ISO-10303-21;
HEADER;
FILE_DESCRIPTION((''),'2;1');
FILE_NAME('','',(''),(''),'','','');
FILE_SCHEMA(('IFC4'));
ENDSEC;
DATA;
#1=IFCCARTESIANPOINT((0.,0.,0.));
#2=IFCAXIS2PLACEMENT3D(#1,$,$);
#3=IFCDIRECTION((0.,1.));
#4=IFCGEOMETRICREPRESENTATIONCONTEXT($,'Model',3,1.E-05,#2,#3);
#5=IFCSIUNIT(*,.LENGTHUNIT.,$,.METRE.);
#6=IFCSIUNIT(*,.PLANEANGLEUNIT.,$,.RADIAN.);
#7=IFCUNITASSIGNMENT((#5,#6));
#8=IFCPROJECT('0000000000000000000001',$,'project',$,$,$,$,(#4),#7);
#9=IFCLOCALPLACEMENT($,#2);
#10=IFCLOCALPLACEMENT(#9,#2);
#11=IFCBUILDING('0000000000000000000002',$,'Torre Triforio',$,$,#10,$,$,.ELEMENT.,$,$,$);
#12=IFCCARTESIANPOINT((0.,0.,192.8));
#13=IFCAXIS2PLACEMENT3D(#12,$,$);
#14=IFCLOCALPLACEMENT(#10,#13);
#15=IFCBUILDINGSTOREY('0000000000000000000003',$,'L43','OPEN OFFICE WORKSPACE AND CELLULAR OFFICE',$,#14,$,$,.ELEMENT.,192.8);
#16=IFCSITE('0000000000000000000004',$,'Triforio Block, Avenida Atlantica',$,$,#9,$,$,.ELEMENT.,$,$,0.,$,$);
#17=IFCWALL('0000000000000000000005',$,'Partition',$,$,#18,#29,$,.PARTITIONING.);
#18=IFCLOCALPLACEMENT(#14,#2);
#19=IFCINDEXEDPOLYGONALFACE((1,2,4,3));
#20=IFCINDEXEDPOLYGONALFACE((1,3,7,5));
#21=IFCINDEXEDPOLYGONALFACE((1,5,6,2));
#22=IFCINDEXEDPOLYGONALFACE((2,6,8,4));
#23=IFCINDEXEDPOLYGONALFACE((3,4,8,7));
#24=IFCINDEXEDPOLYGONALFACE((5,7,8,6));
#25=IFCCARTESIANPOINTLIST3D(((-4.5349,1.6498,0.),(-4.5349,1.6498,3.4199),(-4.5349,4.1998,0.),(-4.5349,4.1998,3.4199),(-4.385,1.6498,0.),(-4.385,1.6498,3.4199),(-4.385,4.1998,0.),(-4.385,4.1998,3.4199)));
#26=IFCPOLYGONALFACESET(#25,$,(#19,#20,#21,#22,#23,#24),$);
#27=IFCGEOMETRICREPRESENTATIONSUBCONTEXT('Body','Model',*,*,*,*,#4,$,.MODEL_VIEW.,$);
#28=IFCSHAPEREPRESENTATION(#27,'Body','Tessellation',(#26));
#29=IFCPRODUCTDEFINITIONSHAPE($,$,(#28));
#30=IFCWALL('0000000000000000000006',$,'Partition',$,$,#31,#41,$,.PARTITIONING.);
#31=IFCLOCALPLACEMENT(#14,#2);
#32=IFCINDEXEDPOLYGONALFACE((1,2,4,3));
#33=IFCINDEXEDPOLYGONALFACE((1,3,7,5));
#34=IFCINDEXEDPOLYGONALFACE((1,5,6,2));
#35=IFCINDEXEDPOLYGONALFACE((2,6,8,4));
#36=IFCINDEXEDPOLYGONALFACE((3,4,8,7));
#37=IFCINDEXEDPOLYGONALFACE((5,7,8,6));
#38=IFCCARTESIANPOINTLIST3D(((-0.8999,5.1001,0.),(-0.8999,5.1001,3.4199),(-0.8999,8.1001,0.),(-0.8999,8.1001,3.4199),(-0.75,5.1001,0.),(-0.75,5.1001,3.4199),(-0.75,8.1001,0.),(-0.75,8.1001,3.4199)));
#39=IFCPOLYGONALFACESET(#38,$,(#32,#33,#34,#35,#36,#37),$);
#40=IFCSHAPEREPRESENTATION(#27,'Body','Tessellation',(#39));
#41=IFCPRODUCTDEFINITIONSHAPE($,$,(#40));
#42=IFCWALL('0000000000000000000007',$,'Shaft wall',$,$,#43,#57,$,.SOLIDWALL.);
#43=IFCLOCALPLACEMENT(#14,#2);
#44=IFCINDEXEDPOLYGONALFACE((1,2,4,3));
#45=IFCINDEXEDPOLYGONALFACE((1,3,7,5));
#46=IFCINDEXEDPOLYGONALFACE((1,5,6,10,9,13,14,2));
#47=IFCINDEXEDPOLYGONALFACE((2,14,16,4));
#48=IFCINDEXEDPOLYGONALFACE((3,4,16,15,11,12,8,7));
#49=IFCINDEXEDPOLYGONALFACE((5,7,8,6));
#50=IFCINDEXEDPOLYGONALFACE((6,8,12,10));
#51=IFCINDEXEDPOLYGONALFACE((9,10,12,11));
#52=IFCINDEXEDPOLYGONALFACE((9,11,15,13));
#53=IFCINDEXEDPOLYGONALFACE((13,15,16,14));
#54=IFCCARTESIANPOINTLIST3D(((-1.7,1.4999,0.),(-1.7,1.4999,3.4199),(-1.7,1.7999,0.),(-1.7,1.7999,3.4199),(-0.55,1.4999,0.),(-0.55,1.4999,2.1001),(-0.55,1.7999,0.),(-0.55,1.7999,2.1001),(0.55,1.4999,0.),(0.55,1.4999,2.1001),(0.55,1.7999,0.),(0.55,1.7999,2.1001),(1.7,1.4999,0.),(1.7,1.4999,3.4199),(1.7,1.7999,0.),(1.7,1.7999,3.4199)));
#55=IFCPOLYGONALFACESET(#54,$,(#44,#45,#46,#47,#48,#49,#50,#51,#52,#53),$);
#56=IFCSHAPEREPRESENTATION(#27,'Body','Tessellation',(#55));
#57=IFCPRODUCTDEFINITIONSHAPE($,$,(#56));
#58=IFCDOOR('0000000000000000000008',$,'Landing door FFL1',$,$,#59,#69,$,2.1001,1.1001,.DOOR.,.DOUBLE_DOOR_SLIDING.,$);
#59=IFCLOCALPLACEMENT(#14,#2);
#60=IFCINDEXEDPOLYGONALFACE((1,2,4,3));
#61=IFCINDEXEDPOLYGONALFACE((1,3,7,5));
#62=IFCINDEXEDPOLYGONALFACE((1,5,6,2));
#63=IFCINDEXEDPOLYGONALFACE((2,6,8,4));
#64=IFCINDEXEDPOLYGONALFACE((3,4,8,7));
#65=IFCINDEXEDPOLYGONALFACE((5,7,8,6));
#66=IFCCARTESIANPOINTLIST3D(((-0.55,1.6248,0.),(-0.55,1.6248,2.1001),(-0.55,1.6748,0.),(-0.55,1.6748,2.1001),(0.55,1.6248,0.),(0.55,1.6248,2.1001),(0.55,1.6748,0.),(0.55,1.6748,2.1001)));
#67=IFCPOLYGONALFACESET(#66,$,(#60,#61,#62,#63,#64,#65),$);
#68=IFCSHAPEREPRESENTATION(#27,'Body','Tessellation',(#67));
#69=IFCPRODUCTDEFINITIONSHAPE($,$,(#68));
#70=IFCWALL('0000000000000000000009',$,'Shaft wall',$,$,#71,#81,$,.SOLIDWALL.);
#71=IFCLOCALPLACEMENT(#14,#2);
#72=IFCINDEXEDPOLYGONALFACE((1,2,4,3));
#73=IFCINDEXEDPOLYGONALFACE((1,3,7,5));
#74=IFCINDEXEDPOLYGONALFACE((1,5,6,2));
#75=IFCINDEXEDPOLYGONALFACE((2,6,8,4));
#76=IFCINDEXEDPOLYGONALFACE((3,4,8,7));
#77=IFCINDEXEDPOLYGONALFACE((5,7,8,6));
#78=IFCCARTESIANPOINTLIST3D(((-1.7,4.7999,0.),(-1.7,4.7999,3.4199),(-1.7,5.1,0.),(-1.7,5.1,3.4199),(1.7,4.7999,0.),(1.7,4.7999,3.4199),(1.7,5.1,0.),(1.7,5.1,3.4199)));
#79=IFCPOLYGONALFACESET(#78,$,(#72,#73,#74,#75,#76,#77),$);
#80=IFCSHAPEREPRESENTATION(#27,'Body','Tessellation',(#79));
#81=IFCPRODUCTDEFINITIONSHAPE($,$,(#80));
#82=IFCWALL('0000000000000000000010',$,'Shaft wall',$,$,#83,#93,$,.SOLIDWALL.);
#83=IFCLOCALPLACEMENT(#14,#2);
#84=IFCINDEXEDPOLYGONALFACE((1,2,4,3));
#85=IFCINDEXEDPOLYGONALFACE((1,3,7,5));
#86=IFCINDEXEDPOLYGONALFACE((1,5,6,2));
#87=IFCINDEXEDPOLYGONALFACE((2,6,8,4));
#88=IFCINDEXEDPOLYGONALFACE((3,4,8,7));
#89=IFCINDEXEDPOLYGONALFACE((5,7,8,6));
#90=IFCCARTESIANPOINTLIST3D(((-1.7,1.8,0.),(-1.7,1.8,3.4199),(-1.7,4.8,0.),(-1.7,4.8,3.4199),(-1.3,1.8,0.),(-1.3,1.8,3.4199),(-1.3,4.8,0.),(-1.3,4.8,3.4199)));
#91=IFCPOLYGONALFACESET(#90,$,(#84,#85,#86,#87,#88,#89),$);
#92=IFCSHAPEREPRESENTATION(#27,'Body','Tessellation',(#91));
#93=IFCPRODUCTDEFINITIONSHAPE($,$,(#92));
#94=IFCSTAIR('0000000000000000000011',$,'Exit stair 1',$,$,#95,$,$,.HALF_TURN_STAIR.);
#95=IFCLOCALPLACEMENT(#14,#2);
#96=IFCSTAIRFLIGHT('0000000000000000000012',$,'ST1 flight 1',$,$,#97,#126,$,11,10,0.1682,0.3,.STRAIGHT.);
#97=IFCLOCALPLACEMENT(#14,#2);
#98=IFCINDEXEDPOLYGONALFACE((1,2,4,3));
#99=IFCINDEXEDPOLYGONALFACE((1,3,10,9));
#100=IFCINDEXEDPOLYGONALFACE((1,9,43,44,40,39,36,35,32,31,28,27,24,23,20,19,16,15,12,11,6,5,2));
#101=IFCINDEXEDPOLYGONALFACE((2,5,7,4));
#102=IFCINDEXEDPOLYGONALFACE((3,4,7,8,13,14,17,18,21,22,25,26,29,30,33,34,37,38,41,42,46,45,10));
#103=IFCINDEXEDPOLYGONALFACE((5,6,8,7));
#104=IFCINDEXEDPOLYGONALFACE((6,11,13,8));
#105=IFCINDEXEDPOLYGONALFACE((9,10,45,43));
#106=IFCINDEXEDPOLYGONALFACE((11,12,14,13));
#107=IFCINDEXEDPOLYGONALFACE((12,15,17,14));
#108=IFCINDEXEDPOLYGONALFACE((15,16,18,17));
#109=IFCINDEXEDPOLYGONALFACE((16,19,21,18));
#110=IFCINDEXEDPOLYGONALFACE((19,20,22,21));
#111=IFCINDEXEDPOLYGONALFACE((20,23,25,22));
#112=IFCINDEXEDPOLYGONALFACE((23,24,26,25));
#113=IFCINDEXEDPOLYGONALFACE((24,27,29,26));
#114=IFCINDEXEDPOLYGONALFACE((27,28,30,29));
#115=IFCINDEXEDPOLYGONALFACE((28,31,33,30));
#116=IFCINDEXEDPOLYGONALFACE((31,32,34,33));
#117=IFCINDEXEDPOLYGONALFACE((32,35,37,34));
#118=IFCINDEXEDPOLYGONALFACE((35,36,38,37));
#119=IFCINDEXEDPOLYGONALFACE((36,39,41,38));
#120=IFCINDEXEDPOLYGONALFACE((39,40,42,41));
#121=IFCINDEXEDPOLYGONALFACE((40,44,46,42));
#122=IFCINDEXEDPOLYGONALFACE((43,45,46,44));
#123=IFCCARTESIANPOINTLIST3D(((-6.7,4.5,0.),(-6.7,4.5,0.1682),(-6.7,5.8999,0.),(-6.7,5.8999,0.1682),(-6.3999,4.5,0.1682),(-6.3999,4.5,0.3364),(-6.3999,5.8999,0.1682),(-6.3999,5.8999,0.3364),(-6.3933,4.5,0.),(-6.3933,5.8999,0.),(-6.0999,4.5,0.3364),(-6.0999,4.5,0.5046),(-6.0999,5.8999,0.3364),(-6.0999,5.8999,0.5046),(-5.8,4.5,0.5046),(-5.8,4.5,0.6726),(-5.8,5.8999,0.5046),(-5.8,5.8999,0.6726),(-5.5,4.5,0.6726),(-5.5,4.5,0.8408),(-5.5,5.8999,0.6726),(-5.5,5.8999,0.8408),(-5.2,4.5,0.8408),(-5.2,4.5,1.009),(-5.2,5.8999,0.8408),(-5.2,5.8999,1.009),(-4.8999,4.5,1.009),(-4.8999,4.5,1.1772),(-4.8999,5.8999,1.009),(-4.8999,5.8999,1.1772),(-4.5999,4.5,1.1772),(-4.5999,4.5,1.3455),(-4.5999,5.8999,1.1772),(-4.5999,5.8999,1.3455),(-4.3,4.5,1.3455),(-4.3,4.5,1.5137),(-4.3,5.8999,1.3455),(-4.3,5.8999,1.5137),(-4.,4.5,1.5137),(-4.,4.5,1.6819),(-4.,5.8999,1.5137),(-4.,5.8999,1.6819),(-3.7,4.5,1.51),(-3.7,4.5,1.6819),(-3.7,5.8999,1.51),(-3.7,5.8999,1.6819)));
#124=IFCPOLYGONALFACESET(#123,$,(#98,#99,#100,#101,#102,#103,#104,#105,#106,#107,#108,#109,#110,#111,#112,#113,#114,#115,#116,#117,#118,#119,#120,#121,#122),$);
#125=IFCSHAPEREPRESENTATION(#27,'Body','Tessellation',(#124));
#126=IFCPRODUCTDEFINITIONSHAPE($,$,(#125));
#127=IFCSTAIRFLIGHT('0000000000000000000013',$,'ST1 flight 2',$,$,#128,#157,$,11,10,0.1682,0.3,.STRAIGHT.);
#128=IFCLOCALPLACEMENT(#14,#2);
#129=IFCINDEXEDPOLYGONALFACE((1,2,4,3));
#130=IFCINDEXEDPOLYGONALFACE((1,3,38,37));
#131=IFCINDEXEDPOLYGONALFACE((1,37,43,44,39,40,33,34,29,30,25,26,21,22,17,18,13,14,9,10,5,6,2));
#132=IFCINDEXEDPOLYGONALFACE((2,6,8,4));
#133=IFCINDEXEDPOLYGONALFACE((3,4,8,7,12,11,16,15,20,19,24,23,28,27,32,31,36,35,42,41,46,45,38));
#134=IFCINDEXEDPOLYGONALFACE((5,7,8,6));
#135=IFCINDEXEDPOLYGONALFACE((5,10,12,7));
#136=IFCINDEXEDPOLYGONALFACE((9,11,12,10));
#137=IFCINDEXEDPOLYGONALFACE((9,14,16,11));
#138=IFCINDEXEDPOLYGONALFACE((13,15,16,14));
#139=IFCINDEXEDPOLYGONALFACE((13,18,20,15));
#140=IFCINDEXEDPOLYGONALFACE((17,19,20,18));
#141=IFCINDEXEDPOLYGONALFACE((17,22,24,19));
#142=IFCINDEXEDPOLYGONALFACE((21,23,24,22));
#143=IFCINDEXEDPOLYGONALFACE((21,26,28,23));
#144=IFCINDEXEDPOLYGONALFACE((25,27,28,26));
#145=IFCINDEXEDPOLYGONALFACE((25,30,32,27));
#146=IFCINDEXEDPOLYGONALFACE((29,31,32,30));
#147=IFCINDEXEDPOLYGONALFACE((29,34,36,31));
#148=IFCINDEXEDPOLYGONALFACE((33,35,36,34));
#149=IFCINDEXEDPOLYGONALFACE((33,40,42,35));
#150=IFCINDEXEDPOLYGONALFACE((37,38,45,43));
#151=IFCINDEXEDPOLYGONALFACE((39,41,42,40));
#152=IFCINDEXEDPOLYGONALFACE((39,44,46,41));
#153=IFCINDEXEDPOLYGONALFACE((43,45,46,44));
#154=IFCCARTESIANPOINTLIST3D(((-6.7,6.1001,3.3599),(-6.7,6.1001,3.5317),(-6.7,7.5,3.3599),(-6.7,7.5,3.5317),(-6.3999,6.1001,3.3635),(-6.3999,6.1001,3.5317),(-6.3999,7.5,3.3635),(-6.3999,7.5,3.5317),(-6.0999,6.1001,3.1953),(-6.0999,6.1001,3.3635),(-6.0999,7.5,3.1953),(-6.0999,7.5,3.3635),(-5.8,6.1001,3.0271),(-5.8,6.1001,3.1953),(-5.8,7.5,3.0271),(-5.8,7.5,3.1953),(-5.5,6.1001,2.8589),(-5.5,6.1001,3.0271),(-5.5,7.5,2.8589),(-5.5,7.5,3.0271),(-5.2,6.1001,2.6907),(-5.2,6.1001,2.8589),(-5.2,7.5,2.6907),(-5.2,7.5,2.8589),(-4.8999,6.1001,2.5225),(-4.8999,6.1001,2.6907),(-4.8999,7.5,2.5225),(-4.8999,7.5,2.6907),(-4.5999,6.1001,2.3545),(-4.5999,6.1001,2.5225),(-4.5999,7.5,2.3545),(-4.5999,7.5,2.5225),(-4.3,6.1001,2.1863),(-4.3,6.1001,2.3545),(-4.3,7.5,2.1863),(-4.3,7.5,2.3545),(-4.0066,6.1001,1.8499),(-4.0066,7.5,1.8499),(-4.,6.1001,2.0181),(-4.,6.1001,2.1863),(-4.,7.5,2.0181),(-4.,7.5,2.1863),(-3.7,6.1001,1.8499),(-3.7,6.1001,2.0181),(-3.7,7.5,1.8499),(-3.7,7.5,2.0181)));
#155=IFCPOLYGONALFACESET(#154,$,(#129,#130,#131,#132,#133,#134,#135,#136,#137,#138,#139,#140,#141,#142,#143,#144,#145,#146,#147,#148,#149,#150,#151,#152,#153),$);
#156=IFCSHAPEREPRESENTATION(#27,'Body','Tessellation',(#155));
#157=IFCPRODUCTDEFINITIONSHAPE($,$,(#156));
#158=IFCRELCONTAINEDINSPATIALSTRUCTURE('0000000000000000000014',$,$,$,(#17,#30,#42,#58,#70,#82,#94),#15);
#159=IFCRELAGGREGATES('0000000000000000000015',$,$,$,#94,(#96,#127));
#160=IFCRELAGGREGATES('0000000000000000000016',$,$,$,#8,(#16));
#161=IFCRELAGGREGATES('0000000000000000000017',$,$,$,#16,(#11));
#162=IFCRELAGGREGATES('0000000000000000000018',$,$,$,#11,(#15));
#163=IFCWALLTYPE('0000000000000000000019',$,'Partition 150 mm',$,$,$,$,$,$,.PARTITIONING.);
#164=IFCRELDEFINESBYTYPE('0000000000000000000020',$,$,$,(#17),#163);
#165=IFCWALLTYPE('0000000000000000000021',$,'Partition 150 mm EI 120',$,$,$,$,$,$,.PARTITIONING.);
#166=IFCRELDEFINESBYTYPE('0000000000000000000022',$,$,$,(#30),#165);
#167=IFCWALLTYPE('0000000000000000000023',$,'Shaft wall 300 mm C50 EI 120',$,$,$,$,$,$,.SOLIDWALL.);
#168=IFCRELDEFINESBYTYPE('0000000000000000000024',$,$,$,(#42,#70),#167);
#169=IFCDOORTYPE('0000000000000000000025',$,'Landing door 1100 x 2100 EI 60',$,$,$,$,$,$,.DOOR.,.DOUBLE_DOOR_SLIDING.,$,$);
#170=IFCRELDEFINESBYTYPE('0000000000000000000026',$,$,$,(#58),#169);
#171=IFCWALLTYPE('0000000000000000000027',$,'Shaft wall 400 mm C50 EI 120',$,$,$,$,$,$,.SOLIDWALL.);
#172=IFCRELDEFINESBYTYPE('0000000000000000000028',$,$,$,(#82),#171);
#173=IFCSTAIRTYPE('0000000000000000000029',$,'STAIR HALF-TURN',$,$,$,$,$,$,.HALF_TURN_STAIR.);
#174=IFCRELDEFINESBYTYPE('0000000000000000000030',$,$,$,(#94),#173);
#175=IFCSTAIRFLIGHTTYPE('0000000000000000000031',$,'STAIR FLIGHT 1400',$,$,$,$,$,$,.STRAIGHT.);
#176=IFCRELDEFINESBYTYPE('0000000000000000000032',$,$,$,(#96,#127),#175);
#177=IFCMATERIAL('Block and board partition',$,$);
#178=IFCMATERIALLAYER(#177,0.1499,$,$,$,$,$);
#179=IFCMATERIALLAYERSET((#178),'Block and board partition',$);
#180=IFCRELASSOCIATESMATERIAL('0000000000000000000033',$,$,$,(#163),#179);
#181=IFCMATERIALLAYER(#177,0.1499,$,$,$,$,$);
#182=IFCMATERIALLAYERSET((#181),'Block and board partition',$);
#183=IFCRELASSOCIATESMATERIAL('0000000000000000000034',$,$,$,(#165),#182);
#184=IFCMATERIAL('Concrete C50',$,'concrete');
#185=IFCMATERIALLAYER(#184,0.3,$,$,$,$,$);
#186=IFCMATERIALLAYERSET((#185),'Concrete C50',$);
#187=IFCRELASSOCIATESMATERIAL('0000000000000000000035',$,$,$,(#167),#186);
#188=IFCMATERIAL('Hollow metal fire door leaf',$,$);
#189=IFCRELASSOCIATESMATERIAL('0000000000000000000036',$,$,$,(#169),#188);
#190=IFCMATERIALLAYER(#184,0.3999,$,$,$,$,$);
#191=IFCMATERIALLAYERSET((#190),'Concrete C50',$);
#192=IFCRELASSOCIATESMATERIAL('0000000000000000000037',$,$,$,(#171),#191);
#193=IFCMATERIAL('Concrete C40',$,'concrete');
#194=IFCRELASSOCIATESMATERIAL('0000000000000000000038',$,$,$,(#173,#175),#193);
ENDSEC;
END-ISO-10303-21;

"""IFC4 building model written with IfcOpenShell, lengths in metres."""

from ifc_helpers import new_model, si_unit, direction, frame, frame_2d, origin, place, context, subcontext, project, spatial, polyline, rectangle, outline, extrude, material, layer, layer_set, type_object, element, fill, aggregate, save


model = new_model("IFC4")

# Units and contexts
model_context = context("Model", 3, precision=1e-05, world=origin(), true_north=direction((0.0, 1.0)))
body_context = subcontext(model_context, "Body", "Model", "MODEL_VIEW")
ifc_project = project(units=[si_unit("LENGTHUNIT", "METRE"), si_unit("PLANEANGLEUNIT", "RADIAN")], contexts=[model_context])

# Site, building, storey
site_placement = place(None, origin())
site = spatial("IfcSite", under=ifc_project, at=site_placement, Name="Triforio Block, Avenida Atlantica", CompositionType="ELEMENT", RefElevation=0.0)
building_placement = place(site_placement, origin())
building = spatial("IfcBuilding", under=site, at=building_placement, Name="Torre Triforio", CompositionType="ELEMENT")
storey_placement = place(building_placement, frame((0.0, 0.0, 192.8)))
storey = spatial("IfcBuildingStorey", under=building, at=storey_placement, Name="L43", Description="OPEN OFFICE WORKSPACE AND CELLULAR OFFICE", CompositionType="ELEMENT", Elevation=192.8)

# Shared definitions
ifc_material_1 = material(Name="Concrete C40", Category="concrete")

# Walls
ifc_material_2 = material(Name="Concrete C50", Category="concrete")
ifc_material_3 = material(Name="Block and board partition")
ifc_layer_1 = layer(ifc_material_3, 0.1499)
ifc_layer_set_1 = layer_set([ifc_layer_1], Name="Block and board partition")
wall_type_1 = type_object("IfcWallType", Name="Partition 150 mm", PredefinedType="PARTITIONING", material=ifc_layer_set_1)
wall_1_placement = place(storey_placement, frame((-4.46, 1.6499, 0.0), z_axis=(0.0, 0.0, 1.0), x_axis=(0.0, 1.0, 0.0)))
element("IfcWall", 1, at=wall_1_placement, inside=storey, type_object=wall_type_1, Name="Partition", PredefinedType="PARTITIONING", context=body_context, shape_type="SweptSolid", body=[
    extrude(rectangle(XDim=2.55, YDim=0.1499, at=frame_2d((1.2749, 0.0))), origin(), (0.0, 0.0, 1.0), 3.4199),
])
ifc_layer_2 = layer(ifc_material_3, 0.1499)
ifc_layer_set_2 = layer_set([ifc_layer_2], Name="Block and board partition")
wall_type_2 = type_object("IfcWallType", Name="Partition 150 mm EI 120", PredefinedType="PARTITIONING", material=ifc_layer_set_2)
wall_2_placement = place(storey_placement, frame((-0.825, 5.1001, 0.0), z_axis=(0.0, 0.0, 1.0), x_axis=(0.0, 1.0, 0.0)))
element("IfcWall", 2, at=wall_2_placement, inside=storey, type_object=wall_type_2, Name="Partition", PredefinedType="PARTITIONING", context=body_context, shape_type="SweptSolid", body=[
    extrude(rectangle(XDim=3.0, YDim=0.1499, at=frame_2d((1.5, 0.0))), origin(), (0.0, 0.0, 1.0), 3.4199),
])

# Wall, opening, door
ifc_layer_3 = layer(ifc_material_2, 0.3)
ifc_layer_set_3 = layer_set([ifc_layer_3], Name="Concrete C50")
wall_type_3 = type_object("IfcWallType", Name="Shaft wall 300 mm C50 EI 120", PredefinedType="SOLIDWALL", material=ifc_layer_set_3)
wall_3_placement = place(storey_placement, frame((-1.7, 1.6499, 0.0), z_axis=(0.0, 0.0, 1.0), x_axis=(1.0, 0.0, 0.0)))
wall_3 = element("IfcWall", 3, at=wall_3_placement, inside=storey, type_object=wall_type_3, Name="Shaft wall", PredefinedType="SOLIDWALL", context=body_context, shape_type="SweptSolid", body=[
    extrude(rectangle(XDim=3.3999, YDim=0.3, at=frame_2d((1.7, 0.0))), origin(), (0.0, 0.0, 1.0), 3.4199),
])
opening_placement = place(wall_3_placement, frame((1.1499, 0.0, 0.0)))
opening = element("IfcOpeningElement", 4, at=opening_placement, cuts=wall_3, PredefinedType="OPENING", context=body_context, shape_type="SweptSolid", body=[
    extrude(rectangle(XDim=1.1001, YDim=2.1001, at=frame_2d((0.55, 1.05))), frame((0.0, 0.1599, 0.0), z_axis=(0.0, -1.0, 0.0), x_axis=(1.0, 0.0, 0.0)), (0.0, 0.0, 1.0), 0.3201),
])
ifc_material_4 = material(Name="Hollow metal fire door leaf")
door_type = type_object("IfcDoorType", Name="Landing door 1100 x 2100 EI 60", OperationType="DOUBLE_DOOR_SLIDING", PredefinedType="DOOR", material=ifc_material_4)
door_placement = place(opening_placement, origin())
door = element("IfcDoor", 5, at=door_placement, inside=storey, type_object=door_type, Name="Landing door FFL1", OperationType="DOUBLE_DOOR_SLIDING", OverallHeight=2.1001, OverallWidth=1.1001, PredefinedType="DOOR", context=body_context, shape_type="SweptSolid", body=[
    extrude(rectangle(XDim=1.1001, YDim=2.1001, at=frame_2d((0.55, 1.05))), frame((0.0, 0.0249, 0.0), z_axis=(0.0, -1.0, 0.0), x_axis=(1.0, 0.0, 0.0)), (0.0, 0.0, 1.0), 0.05),
])
fill(opening, door)

# Walls
wall_4_placement = place(storey_placement, frame((-1.7, 4.95, 0.0), z_axis=(0.0, 0.0, 1.0), x_axis=(1.0, 0.0, 0.0)))
element("IfcWall", 6, at=wall_4_placement, inside=storey, type_object=wall_type_3, Name="Shaft wall", PredefinedType="SOLIDWALL", context=body_context, shape_type="SweptSolid", body=[
    extrude(rectangle(XDim=3.3999, YDim=0.3, at=frame_2d((1.7, 0.0))), origin(), (0.0, 0.0, 1.0), 3.4199),
])
ifc_layer_4 = layer(ifc_material_2, 0.3999)
ifc_layer_set_4 = layer_set([ifc_layer_4], Name="Concrete C50")
wall_type_4 = type_object("IfcWallType", Name="Shaft wall 400 mm C50 EI 120", PredefinedType="SOLIDWALL", material=ifc_layer_set_4)
wall_5_placement = place(storey_placement, frame((-1.5, 1.8, 0.0), z_axis=(0.0, 0.0, 1.0), x_axis=(0.0, 1.0, 0.0)))
element("IfcWall", 7, at=wall_5_placement, inside=storey, type_object=wall_type_4, Name="Shaft wall", PredefinedType="SOLIDWALL", context=body_context, shape_type="SweptSolid", body=[
    extrude(rectangle(XDim=3.0, YDim=0.3999, at=frame_2d((1.5, 0.0))), origin(), (0.0, 0.0, 1.0), 3.4199),
])

# Stair, stair flights
stair_type = type_object("IfcStairType", Name="STAIR HALF-TURN", PredefinedType="HALF_TURN_STAIR", material=ifc_material_1)
stair_placement = place(storey_placement, origin())
stair = element("IfcStair", 8, at=stair_placement, inside=storey, type_object=stair_type, Name="Exit stair 1", PredefinedType="HALF_TURN_STAIR")
stair_flight_type = type_object("IfcStairFlightType", Name="STAIR FLIGHT 1400", PredefinedType="STRAIGHT", material=ifc_material_1)
stair_flight_1_placement = place(storey_placement, frame((-6.7, 5.2, 0.0), z_axis=(0.0, 0.0, 1.0), x_axis=(1.0, 0.0, 0.0)))
stair_flight_1 = element("IfcStairFlight", 9, at=stair_flight_1_placement, type_object=stair_flight_type, Name="ST1 flight 1", NumberOfRisers=11, NumberOfTreads=10, PredefinedType="STRAIGHT", RiserHeight=0.1682, TreadLength=0.3, context=body_context, shape_type="SweptSolid", body=[
    extrude(outline(polyline([(0.0, 0.0), (0.0, 0.1682), (0.3, 0.1682), (0.3, 0.3364), (0.6001, 0.3364), (0.6001, 0.5046), (0.8999, 0.5046), (0.8999, 0.6726), (1.2, 0.6726), (1.2, 0.8408), (1.5, 0.8408), (1.5, 1.009), (1.8, 1.009), (1.8, 1.1772), (2.1001, 1.1772), (2.1001, 1.3455), (2.3999, 1.3455), (2.3999, 1.5137), (2.7, 1.5137), (2.7, 1.6819), (3.0, 1.6819), (3.0, 1.8501), (3.0, 1.51), (0.3066, 0.0), (0.0, 0.0)])), frame((0.0, 0.7, 0.0), z_axis=(0.0, -1.0, 0.0), x_axis=(1.0, 0.0, 0.0)), (0.0, 0.0, 1.0), 1.3999),
])
stair_flight_2_placement = place(storey_placement, frame((-3.7, 6.8, 1.8499), z_axis=(0.0, 0.0, 1.0), x_axis=(-1.0, 0.0, 0.0)))
stair_flight_2 = element("IfcStairFlight", 10, at=stair_flight_2_placement, type_object=stair_flight_type, Name="ST1 flight 2", NumberOfRisers=11, NumberOfTreads=10, PredefinedType="STRAIGHT", RiserHeight=0.1682, TreadLength=0.3, context=body_context, shape_type="SweptSolid", body=[
    extrude(outline(polyline([(0.0, 0.0), (0.0, 0.1682), (0.3, 0.1682), (0.3, 0.3364), (0.6001, 0.3364), (0.6001, 0.5046), (0.8999, 0.5046), (0.8999, 0.6726), (1.2, 0.6726), (1.2, 0.8408), (1.5, 0.8408), (1.5, 1.009), (1.8, 1.009), (1.8, 1.1772), (2.1001, 1.1772), (2.1001, 1.3455), (2.3999, 1.3455), (2.3999, 1.5137), (2.7, 1.5137), (2.7, 1.6819), (3.0, 1.6819), (3.0, 1.8501), (3.0, 1.51), (0.3066, 0.0), (0.0, 0.0)])), frame((0.0, 0.7, 0.0), z_axis=(0.0, -1.0, 0.0), x_axis=(1.0, 0.0, 0.0)), (0.0, 0.0, 1.0), 1.3999),
])
aggregate(stair, [stair_flight_1, stair_flight_2])

save(model, "model.ifc")
